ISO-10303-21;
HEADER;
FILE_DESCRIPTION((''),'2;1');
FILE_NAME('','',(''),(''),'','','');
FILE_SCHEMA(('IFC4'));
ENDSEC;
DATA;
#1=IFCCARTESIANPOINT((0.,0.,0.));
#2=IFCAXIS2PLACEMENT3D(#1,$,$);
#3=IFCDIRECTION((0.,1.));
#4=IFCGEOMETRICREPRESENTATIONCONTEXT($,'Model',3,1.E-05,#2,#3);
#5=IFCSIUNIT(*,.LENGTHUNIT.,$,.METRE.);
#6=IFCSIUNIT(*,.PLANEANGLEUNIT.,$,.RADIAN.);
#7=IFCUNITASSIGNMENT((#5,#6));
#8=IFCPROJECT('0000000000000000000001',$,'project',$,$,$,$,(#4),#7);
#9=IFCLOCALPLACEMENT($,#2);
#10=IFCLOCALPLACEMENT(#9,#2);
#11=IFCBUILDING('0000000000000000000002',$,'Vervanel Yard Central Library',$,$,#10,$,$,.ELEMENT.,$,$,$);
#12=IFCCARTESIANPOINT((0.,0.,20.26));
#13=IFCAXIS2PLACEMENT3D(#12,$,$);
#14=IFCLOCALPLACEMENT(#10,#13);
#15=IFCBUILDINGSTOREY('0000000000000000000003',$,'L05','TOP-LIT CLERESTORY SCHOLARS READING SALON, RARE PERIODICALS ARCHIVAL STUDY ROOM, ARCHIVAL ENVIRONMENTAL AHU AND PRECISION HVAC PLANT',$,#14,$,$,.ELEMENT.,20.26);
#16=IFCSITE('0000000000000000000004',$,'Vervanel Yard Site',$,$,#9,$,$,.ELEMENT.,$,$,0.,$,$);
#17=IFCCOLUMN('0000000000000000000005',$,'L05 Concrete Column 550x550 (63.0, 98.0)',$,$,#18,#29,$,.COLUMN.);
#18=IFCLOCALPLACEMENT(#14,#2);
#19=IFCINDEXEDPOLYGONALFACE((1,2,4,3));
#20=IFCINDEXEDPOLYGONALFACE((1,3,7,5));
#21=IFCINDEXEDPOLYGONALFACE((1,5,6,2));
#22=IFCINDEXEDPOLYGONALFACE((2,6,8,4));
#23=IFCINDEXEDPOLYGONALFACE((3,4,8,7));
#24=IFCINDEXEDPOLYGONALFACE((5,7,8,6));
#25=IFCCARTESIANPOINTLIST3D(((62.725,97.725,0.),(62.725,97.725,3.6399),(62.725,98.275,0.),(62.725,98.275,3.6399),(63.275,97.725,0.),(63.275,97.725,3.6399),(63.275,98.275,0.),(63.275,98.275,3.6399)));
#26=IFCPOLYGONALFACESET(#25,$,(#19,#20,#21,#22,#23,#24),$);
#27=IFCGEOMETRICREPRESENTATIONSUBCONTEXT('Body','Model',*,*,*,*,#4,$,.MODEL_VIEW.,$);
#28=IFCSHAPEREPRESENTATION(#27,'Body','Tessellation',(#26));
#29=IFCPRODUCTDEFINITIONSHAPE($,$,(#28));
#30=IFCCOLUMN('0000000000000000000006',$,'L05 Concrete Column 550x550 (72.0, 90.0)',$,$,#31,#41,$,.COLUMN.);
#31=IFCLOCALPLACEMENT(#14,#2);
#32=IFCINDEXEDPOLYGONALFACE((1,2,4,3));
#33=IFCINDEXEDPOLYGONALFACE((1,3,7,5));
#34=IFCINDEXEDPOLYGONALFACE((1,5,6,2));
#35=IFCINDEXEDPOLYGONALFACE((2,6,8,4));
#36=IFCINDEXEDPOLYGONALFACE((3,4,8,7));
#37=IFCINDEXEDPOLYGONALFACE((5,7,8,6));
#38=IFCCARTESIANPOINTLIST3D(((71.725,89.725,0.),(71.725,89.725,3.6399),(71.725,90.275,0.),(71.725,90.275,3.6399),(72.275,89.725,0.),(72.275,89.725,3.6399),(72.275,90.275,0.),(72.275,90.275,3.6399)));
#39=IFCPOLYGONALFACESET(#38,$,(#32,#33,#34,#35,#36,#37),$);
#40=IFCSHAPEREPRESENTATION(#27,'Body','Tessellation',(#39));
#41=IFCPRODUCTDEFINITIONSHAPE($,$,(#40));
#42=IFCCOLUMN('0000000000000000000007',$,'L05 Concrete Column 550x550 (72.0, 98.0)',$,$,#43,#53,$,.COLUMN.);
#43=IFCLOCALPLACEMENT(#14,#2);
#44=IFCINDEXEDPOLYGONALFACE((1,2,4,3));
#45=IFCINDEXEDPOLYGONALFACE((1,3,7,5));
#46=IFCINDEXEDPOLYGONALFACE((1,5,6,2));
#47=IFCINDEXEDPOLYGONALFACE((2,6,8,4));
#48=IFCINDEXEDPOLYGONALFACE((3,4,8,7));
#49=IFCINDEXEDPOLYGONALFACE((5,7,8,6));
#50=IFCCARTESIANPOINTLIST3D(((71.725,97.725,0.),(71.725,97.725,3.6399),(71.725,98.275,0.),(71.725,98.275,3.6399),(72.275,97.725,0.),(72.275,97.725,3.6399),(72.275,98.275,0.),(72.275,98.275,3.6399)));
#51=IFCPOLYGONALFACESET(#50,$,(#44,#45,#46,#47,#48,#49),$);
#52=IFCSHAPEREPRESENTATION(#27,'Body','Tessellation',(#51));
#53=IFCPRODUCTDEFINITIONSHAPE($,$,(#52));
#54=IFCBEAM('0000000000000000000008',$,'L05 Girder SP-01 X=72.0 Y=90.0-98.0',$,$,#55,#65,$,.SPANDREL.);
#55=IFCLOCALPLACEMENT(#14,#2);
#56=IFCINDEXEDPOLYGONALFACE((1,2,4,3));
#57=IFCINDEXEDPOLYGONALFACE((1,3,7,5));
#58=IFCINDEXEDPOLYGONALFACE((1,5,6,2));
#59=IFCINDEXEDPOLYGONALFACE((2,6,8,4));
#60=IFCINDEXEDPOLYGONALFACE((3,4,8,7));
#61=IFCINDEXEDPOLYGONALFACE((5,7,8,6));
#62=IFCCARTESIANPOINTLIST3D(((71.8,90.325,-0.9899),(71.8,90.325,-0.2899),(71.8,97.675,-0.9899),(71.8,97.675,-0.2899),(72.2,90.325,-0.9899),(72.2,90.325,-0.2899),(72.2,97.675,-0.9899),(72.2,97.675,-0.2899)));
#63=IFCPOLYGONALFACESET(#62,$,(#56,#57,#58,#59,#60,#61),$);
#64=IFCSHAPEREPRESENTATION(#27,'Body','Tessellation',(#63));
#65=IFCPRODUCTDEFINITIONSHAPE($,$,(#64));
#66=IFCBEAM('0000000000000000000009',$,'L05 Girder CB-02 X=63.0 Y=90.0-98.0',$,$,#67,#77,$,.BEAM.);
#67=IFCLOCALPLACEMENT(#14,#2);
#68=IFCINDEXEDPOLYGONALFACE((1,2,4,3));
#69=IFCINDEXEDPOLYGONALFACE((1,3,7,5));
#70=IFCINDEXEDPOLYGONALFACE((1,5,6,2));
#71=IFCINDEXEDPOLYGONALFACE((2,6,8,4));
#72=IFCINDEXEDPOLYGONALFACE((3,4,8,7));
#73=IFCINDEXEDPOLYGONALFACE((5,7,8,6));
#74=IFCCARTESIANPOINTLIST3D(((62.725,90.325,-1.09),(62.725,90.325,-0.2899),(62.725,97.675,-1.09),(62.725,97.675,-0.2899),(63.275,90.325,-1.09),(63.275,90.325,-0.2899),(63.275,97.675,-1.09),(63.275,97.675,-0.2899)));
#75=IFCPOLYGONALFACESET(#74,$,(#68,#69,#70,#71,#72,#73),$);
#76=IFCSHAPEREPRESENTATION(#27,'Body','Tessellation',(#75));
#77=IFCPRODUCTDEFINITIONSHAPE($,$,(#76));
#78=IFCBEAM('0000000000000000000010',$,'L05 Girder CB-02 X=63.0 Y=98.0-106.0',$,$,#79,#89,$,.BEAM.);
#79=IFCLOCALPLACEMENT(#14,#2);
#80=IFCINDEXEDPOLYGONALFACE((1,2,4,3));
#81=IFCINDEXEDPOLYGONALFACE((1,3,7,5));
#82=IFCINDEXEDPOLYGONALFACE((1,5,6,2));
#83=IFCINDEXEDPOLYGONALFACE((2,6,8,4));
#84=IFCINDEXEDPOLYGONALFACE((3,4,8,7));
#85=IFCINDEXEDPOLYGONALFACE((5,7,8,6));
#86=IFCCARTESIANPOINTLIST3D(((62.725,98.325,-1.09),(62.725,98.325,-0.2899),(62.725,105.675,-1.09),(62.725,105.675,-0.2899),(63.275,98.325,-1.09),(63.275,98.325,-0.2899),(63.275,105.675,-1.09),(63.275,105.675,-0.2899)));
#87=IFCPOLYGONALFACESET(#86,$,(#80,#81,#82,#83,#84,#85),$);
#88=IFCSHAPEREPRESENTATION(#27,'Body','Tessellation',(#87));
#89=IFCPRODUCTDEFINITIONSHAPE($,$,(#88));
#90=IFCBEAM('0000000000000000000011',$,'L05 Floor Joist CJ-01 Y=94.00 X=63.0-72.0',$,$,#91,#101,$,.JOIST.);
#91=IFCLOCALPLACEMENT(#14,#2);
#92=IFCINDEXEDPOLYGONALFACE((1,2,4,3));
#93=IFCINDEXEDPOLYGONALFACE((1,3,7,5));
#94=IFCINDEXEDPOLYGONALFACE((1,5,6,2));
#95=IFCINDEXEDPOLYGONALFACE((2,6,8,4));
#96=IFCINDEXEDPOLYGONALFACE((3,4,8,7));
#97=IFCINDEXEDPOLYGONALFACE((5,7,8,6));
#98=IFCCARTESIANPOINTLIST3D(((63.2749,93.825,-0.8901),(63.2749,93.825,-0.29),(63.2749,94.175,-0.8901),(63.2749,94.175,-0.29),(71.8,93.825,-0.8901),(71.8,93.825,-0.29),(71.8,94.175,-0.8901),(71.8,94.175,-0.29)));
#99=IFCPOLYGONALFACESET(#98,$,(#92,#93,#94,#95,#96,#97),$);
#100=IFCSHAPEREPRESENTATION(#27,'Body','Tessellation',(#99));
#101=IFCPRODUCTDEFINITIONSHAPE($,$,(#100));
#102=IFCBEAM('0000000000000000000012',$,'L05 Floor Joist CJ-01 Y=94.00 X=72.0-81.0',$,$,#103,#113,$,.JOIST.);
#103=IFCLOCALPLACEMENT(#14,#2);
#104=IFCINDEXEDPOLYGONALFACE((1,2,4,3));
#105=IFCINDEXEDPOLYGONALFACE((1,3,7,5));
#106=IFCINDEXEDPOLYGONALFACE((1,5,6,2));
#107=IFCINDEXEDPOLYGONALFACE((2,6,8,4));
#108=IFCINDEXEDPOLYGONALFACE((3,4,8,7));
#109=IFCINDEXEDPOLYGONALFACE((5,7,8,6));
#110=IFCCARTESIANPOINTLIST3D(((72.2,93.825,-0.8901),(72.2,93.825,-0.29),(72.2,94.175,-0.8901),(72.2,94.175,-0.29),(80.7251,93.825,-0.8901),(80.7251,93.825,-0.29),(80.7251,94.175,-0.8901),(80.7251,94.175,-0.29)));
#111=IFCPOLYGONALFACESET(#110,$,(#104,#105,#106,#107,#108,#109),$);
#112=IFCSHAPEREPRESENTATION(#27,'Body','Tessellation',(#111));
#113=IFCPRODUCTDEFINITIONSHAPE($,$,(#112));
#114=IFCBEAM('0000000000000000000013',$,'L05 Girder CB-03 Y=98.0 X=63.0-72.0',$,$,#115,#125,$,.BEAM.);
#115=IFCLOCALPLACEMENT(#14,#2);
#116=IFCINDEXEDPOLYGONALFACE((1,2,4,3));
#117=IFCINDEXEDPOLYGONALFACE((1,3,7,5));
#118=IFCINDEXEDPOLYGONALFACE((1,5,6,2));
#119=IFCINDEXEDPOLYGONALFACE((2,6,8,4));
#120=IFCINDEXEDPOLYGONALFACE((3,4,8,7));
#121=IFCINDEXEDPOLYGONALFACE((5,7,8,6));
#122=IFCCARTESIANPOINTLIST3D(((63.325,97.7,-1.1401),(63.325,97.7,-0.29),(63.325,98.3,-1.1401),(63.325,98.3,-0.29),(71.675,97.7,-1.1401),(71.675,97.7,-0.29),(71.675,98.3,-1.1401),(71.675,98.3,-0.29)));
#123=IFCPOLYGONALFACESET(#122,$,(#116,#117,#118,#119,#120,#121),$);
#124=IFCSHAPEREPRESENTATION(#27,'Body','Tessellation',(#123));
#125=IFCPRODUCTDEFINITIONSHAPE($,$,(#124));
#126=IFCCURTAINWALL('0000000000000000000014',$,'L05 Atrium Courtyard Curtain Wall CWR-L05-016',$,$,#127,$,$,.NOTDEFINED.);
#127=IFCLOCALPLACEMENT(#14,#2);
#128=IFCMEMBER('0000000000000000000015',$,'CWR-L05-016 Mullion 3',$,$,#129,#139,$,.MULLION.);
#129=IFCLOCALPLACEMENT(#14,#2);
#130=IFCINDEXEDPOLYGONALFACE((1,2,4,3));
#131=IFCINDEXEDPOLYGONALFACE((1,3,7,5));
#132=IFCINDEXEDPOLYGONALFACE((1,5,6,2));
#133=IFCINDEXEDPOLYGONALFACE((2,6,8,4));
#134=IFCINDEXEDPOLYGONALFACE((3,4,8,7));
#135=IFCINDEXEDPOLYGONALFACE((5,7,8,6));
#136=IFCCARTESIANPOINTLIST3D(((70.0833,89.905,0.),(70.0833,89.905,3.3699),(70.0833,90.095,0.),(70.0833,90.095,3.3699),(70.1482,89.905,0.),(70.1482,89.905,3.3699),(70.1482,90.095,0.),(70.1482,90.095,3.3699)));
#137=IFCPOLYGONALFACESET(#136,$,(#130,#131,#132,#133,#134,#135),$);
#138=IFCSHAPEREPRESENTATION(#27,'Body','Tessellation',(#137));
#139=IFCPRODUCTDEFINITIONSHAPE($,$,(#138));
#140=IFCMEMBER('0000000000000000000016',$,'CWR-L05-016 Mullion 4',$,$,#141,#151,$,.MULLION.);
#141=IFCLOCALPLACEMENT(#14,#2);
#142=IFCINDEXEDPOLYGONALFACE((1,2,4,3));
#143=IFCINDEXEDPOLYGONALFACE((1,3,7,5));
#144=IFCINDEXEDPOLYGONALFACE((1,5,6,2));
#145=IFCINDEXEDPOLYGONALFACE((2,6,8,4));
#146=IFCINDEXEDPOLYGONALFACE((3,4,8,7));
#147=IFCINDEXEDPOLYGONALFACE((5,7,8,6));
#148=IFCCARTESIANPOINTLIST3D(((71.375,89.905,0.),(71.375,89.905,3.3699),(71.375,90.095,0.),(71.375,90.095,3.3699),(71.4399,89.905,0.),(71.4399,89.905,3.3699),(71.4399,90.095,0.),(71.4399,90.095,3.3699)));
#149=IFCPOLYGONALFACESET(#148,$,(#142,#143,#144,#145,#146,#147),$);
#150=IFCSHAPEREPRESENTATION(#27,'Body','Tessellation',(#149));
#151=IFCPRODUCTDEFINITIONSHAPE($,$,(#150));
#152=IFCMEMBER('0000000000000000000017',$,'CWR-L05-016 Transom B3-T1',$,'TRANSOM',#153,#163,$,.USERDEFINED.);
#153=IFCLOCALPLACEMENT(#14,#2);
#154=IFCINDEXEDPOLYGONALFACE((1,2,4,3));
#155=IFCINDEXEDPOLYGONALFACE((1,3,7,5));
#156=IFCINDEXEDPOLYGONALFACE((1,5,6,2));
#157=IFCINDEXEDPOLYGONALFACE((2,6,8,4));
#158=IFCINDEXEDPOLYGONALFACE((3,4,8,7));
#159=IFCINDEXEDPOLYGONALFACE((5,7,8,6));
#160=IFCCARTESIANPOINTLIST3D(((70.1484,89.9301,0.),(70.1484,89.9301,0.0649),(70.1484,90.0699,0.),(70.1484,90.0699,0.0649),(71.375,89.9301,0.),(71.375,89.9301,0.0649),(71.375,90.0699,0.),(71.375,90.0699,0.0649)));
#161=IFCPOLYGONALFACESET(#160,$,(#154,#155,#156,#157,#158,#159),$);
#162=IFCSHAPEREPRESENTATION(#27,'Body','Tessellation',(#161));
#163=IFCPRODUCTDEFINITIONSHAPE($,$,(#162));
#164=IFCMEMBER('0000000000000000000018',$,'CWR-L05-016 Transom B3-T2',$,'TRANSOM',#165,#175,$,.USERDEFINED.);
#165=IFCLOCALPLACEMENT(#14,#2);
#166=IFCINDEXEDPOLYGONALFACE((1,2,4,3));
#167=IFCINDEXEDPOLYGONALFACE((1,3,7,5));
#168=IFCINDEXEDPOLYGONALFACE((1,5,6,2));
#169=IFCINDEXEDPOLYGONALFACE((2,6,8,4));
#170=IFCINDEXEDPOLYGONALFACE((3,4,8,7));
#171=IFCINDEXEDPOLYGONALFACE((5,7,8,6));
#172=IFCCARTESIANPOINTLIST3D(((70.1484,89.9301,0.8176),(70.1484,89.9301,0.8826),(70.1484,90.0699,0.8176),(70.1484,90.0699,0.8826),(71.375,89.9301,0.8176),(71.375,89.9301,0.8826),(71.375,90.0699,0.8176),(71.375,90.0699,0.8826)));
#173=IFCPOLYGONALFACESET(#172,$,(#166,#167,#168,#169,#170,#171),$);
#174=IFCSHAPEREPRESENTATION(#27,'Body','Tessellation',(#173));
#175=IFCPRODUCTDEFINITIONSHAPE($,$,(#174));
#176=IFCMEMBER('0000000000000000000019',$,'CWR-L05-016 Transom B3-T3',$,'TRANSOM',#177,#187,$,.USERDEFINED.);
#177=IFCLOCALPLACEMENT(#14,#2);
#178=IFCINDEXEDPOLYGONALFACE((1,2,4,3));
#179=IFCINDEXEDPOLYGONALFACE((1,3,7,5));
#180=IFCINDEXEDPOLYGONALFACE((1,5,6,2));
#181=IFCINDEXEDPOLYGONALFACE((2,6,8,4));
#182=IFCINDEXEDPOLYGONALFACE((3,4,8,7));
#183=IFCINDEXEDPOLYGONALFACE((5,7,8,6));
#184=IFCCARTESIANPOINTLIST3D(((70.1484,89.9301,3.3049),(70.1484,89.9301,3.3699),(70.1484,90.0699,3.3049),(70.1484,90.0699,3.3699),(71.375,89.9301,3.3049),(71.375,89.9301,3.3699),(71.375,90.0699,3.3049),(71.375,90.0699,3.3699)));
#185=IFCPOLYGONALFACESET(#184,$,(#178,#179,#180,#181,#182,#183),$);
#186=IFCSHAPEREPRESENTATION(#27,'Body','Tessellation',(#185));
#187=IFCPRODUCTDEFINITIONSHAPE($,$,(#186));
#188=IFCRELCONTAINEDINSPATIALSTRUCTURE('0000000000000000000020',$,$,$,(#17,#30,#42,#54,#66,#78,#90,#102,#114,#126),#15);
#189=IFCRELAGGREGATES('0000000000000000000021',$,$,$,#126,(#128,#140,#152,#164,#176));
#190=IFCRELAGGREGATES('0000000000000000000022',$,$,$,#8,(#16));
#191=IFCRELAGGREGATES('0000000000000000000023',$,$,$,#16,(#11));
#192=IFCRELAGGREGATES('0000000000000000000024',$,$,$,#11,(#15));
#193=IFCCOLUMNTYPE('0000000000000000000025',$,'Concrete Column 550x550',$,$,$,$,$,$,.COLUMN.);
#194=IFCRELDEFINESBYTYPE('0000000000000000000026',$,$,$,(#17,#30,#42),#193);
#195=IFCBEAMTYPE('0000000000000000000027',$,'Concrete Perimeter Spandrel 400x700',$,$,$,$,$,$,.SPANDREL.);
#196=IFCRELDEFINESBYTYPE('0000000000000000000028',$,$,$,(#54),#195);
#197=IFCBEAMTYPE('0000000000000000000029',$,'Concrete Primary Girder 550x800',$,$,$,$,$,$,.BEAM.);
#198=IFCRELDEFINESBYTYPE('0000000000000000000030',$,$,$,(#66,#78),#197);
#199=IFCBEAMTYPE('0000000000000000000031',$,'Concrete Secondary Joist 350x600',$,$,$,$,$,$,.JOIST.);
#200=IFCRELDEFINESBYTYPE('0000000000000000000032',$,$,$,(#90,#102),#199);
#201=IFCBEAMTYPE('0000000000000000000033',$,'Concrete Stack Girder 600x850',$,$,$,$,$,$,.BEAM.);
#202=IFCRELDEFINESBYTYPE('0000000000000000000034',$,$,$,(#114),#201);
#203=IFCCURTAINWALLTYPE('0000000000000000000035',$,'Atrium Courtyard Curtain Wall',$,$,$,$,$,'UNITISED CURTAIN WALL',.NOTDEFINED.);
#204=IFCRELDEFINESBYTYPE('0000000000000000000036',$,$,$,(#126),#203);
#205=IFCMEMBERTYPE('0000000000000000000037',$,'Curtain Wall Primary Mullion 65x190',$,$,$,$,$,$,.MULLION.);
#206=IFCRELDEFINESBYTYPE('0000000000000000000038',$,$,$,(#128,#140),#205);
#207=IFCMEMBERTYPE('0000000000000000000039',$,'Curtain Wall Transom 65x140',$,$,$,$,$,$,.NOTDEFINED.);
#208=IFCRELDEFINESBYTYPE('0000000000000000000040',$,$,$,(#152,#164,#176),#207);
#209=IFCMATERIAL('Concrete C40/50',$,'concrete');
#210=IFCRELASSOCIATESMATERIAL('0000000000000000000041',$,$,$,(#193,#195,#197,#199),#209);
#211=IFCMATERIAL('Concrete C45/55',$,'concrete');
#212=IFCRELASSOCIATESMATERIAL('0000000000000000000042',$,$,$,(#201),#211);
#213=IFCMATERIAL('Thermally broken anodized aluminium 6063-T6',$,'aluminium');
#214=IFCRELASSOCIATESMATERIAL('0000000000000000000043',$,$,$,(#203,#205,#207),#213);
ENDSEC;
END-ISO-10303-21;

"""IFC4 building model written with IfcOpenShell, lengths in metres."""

from ifc_helpers import new_model, si_unit, direction, frame, origin, origin_2d, place, context, subcontext, project, spatial, rectangle, extrude, material, material_profile, profile_set, type_object, element, aggregate, save


model = new_model("IFC4")

# Units and contexts
model_context = context("Model", 3, precision=1e-05, world=origin(), true_north=direction((0.0, 1.0)))
body_context = subcontext(model_context, "Body", "Model", "MODEL_VIEW")
ifc_project = project(units=[si_unit("LENGTHUNIT", "METRE"), si_unit("PLANEANGLEUNIT", "RADIAN")], contexts=[model_context])

# Site, building, storey
site_placement = place(None, origin())
site = spatial("IfcSite", under=ifc_project, at=site_placement, Name="Vervanel Yard Site", CompositionType="ELEMENT", RefElevation=0.0)
building_placement = place(site_placement, origin())
building = spatial("IfcBuilding", under=site, at=building_placement, Name="Vervanel Yard Central Library", CompositionType="ELEMENT")
storey_placement = place(building_placement, frame((0.0, 0.0, 20.26)))
storey = spatial("IfcBuildingStorey", under=building, at=storey_placement, Name="L05", Description="TOP-LIT CLERESTORY SCHOLARS READING SALON, RARE PERIODICALS ARCHIVAL STUDY ROOM, ARCHIVAL ENVIRONMENTAL AHU AND PRECISION HVAC PLANT", CompositionType="ELEMENT", Elevation=20.26)

# Columns
ifc_material_1 = material(Name="Concrete C40/50", Category="concrete")
ifc_material_profile_1 = material_profile(ifc_material_1, rectangle(XDim=0.55, YDim=0.55, at=origin_2d()), Name="RC 550x550", Category="concrete")
ifc_profile_set_1 = profile_set([ifc_material_profile_1], Name="Concrete C40/50")
column_type = type_object("IfcColumnType", Name="Concrete Column 550x550", PredefinedType="COLUMN", material=ifc_profile_set_1)
for number, where, z_axis, x_axis, name in (
    (1, (63.0, 98.0, 0.0), (0.0, 0.0, 1.0), (1.0, 0.0, 0.0), "L05 Concrete Column 550x550 (63.0, 98.0)"),
    (2, (72.0, 90.0, 0.0), (0.0, 0.0, 1.0), (1.0, 0.0, 0.0), "L05 Concrete Column 550x550 (72.0, 90.0)"),
    (3, (72.0, 98.0, 0.0), (0.0, 0.0, 1.0), (1.0, 0.0, 0.0), "L05 Concrete Column 550x550 (72.0, 98.0)"),
):
    element("IfcColumn", number, at=place(storey_placement, frame(where, z_axis=z_axis, x_axis=x_axis)), inside=storey, type_object=column_type, Name=name, PredefinedType="COLUMN", context=body_context, shape_type="SweptSolid", body=[
        extrude(rectangle(XDim=0.55, YDim=0.55, at=origin_2d()), origin(), (0.0, 0.0, 1.0), 3.6399),
    ])

# Beams
ifc_material_profile_2 = material_profile(ifc_material_1, rectangle(XDim=0.3999, YDim=0.7, at=origin_2d()), Name="RC 400x700", Category="concrete")
ifc_profile_set_2 = profile_set([ifc_material_profile_2], Name="Concrete C40/50")
beam_type_1 = type_object("IfcBeamType", Name="Concrete Perimeter Spandrel 400x700", PredefinedType="SPANDREL", material=ifc_profile_set_2)
beam_1_placement = place(storey_placement, frame((72.0, 90.325, -0.6399), z_axis=(0.0, 1.0, 0.0), x_axis=(-1.0, 0.0, 0.0)))
element("IfcBeam", 4, at=beam_1_placement, inside=storey, type_object=beam_type_1, Name="L05 Girder SP-01 X=72.0 Y=90.0-98.0", PredefinedType="SPANDREL", context=body_context, shape_type="SweptSolid", body=[
    extrude(rectangle(XDim=0.3999, YDim=0.7, at=origin_2d()), origin(), (0.0, 0.0, 1.0), 7.3501),
])
ifc_material_profile_3 = material_profile(ifc_material_1, rectangle(XDim=0.55, YDim=0.8, at=origin_2d()), Name="RC 550x800", Category="concrete")
ifc_profile_set_3 = profile_set([ifc_material_profile_3], Name="Concrete C40/50")
beam_type_2 = type_object("IfcBeamType", Name="Concrete Primary Girder 550x800", PredefinedType="BEAM", material=ifc_profile_set_3)
for number, where, z_axis, x_axis, name in (
    (5, (63.0, 90.325, -0.6899), (0.0, 1.0, 0.0), (-1.0, 0.0, 0.0), "L05 Girder CB-02 X=63.0 Y=90.0-98.0"),
    (6, (63.0, 98.325, -0.6899), (0.0, 1.0, 0.0), (-1.0, 0.0, 0.0), "L05 Girder CB-02 X=63.0 Y=98.0-106.0"),
):
    element("IfcBeam", number, at=place(storey_placement, frame(where, z_axis=z_axis, x_axis=x_axis)), inside=storey, type_object=beam_type_2, Name=name, PredefinedType="BEAM", context=body_context, shape_type="SweptSolid", body=[
        extrude(rectangle(XDim=0.55, YDim=0.8, at=origin_2d()), origin(), (0.0, 0.0, 1.0), 7.3501),
    ])
ifc_material_profile_4 = material_profile(ifc_material_1, rectangle(XDim=0.3501, YDim=0.6001, at=origin_2d()), Name="RC 350x600", Category="concrete")
ifc_profile_set_4 = profile_set([ifc_material_profile_4], Name="Concrete C40/50")
beam_type_3 = type_object("IfcBeamType", Name="Concrete Secondary Joist 350x600", PredefinedType="JOIST", material=ifc_profile_set_4)
for number, where, z_axis, x_axis, name in (
    (7, (63.2749, 94.0, -0.5901), (1.0, 0.0, 0.0), (0.0, 1.0, 0.0), "L05 Floor Joist CJ-01 Y=94.00 X=63.0-72.0"),
    (8, (72.2, 94.0, -0.5901), (1.0, 0.0, 0.0), (0.0, 1.0, 0.0), "L05 Floor Joist CJ-01 Y=94.00 X=72.0-81.0"),
):
    element("IfcBeam", number, at=place(storey_placement, frame(where, z_axis=z_axis, x_axis=x_axis)), inside=storey, type_object=beam_type_3, Name=name, PredefinedType="JOIST", context=body_context, shape_type="SweptSolid", body=[
        extrude(rectangle(XDim=0.3501, YDim=0.6001, at=origin_2d()), origin(), (0.0, 0.0, 1.0), 8.5251),
    ])
ifc_material_2 = material(Name="Concrete C45/55", Category="concrete")
ifc_material_profile_5 = material_profile(ifc_material_2, rectangle(XDim=0.6001, YDim=0.8501, at=origin_2d()), Name="RC 600x850", Category="concrete")
ifc_profile_set_5 = profile_set([ifc_material_profile_5], Name="Concrete C45/55")
beam_type_4 = type_object("IfcBeamType", Name="Concrete Stack Girder 600x850", PredefinedType="BEAM", material=ifc_profile_set_5)
beam_2_placement = place(storey_placement, frame((63.325, 98.0, -0.7151), z_axis=(1.0, 0.0, 0.0), x_axis=(0.0, 1.0, 0.0)))
element("IfcBeam", 9, at=beam_2_placement, inside=storey, type_object=beam_type_4, Name="L05 Girder CB-03 Y=98.0 X=63.0-72.0", PredefinedType="BEAM", context=body_context, shape_type="SweptSolid", body=[
    extrude(rectangle(XDim=0.6001, YDim=0.8501, at=origin_2d()), origin(), (0.0, 0.0, 1.0), 8.3501),
])

# Curtain wall, members
ifc_material_3 = material(Name="Thermally broken anodized aluminium 6063-T6", Category="aluminium")
curtain_wall_type = type_object("IfcCurtainWallType", Name="Atrium Courtyard Curtain Wall", ElementType="UNITISED CURTAIN WALL", PredefinedType="NOTDEFINED", material=ifc_material_3)
curtain_wall_placement = place(storey_placement, origin())
curtain_wall = element("IfcCurtainWall", 10, at=curtain_wall_placement, inside=storey, type_object=curtain_wall_type, Name="L05 Atrium Courtyard Curtain Wall CWR-L05-016", PredefinedType="NOTDEFINED")
ifc_material_profile_6 = material_profile(ifc_material_3, rectangle(XDim=0.0649, YDim=0.1899, at=origin_2d()), Name="ALU 65x190", Category="aluminium")
ifc_profile_set_6 = profile_set([ifc_material_profile_6], Name="Thermally broken anodized aluminium 6063-T6")
member_type_1 = type_object("IfcMemberType", Name="Curtain Wall Primary Mullion 65x190", PredefinedType="MULLION", material=ifc_profile_set_6)
member_1_placement = place(storey_placement, frame((70.1157, 90.0, 0.0), z_axis=(0.0, 0.0, 1.0), x_axis=(1.0, 0.0, 0.0)))
member_1 = element("IfcMember", 11, at=member_1_placement, type_object=member_type_1, Name="CWR-L05-016 Mullion 3", PredefinedType="MULLION", context=body_context, shape_type="SweptSolid", body=[
    extrude(rectangle(XDim=0.0649, YDim=0.1899, at=origin_2d()), origin(), (0.0, 0.0, 1.0), 3.3699),
])
member_2_placement = place(storey_placement, frame((71.4075, 90.0, 0.0), z_axis=(0.0, 0.0, 1.0), x_axis=(1.0, 0.0, 0.0)))
member_2 = element("IfcMember", 12, at=member_2_placement, type_object=member_type_1, Name="CWR-L05-016 Mullion 4", PredefinedType="MULLION", context=body_context, shape_type="SweptSolid", body=[
    extrude(rectangle(XDim=0.0649, YDim=0.1899, at=origin_2d()), origin(), (0.0, 0.0, 1.0), 3.3699),
])
ifc_material_profile_7 = material_profile(ifc_material_3, rectangle(XDim=0.0649, YDim=0.1399, at=origin_2d()), Name="ALU 65x140", Category="aluminium")
ifc_profile_set_7 = profile_set([ifc_material_profile_7], Name="Thermally broken anodized aluminium 6063-T6")
member_type_2 = type_object("IfcMemberType", Name="Curtain Wall Transom 65x140", PredefinedType="NOTDEFINED", material=ifc_profile_set_7)
member_3_placement = place(storey_placement, frame((70.1484, 90.0, 0.0325), z_axis=(1.0, 0.0, 0.0), x_axis=(0.0, 0.0, 1.0)))
member_3 = element("IfcMember", 13, at=member_3_placement, type_object=member_type_2, Name="CWR-L05-016 Transom B3-T1", ObjectType="TRANSOM", PredefinedType="USERDEFINED", context=body_context, shape_type="SweptSolid", body=[
    extrude(rectangle(XDim=0.0649, YDim=0.1399, at=origin_2d()), origin(), (0.0, 0.0, 1.0), 1.2266),
])
member_4_placement = place(storey_placement, frame((70.1484, 90.0, 0.8501), z_axis=(1.0, 0.0, 0.0), x_axis=(0.0, 0.0, 1.0)))
member_4 = element("IfcMember", 14, at=member_4_placement, type_object=member_type_2, Name="CWR-L05-016 Transom B3-T2", ObjectType="TRANSOM", PredefinedType="USERDEFINED", context=body_context, shape_type="SweptSolid", body=[
    extrude(rectangle(XDim=0.0649, YDim=0.1399, at=origin_2d()), origin(), (0.0, 0.0, 1.0), 1.2266),
])
member_5_placement = place(storey_placement, frame((70.1484, 90.0, 3.3374), z_axis=(1.0, 0.0, 0.0), x_axis=(0.0, 0.0, 1.0)))
member_5 = element("IfcMember", 15, at=member_5_placement, type_object=member_type_2, Name="CWR-L05-016 Transom B3-T3", ObjectType="TRANSOM", PredefinedType="USERDEFINED", context=body_context, shape_type="SweptSolid", body=[
    extrude(rectangle(XDim=0.0649, YDim=0.1399, at=origin_2d()), origin(), (0.0, 0.0, 1.0), 1.2266),
])
aggregate(curtain_wall, [member_1, member_2, member_3, member_4, member_5])

save(model, "model.ifc")
